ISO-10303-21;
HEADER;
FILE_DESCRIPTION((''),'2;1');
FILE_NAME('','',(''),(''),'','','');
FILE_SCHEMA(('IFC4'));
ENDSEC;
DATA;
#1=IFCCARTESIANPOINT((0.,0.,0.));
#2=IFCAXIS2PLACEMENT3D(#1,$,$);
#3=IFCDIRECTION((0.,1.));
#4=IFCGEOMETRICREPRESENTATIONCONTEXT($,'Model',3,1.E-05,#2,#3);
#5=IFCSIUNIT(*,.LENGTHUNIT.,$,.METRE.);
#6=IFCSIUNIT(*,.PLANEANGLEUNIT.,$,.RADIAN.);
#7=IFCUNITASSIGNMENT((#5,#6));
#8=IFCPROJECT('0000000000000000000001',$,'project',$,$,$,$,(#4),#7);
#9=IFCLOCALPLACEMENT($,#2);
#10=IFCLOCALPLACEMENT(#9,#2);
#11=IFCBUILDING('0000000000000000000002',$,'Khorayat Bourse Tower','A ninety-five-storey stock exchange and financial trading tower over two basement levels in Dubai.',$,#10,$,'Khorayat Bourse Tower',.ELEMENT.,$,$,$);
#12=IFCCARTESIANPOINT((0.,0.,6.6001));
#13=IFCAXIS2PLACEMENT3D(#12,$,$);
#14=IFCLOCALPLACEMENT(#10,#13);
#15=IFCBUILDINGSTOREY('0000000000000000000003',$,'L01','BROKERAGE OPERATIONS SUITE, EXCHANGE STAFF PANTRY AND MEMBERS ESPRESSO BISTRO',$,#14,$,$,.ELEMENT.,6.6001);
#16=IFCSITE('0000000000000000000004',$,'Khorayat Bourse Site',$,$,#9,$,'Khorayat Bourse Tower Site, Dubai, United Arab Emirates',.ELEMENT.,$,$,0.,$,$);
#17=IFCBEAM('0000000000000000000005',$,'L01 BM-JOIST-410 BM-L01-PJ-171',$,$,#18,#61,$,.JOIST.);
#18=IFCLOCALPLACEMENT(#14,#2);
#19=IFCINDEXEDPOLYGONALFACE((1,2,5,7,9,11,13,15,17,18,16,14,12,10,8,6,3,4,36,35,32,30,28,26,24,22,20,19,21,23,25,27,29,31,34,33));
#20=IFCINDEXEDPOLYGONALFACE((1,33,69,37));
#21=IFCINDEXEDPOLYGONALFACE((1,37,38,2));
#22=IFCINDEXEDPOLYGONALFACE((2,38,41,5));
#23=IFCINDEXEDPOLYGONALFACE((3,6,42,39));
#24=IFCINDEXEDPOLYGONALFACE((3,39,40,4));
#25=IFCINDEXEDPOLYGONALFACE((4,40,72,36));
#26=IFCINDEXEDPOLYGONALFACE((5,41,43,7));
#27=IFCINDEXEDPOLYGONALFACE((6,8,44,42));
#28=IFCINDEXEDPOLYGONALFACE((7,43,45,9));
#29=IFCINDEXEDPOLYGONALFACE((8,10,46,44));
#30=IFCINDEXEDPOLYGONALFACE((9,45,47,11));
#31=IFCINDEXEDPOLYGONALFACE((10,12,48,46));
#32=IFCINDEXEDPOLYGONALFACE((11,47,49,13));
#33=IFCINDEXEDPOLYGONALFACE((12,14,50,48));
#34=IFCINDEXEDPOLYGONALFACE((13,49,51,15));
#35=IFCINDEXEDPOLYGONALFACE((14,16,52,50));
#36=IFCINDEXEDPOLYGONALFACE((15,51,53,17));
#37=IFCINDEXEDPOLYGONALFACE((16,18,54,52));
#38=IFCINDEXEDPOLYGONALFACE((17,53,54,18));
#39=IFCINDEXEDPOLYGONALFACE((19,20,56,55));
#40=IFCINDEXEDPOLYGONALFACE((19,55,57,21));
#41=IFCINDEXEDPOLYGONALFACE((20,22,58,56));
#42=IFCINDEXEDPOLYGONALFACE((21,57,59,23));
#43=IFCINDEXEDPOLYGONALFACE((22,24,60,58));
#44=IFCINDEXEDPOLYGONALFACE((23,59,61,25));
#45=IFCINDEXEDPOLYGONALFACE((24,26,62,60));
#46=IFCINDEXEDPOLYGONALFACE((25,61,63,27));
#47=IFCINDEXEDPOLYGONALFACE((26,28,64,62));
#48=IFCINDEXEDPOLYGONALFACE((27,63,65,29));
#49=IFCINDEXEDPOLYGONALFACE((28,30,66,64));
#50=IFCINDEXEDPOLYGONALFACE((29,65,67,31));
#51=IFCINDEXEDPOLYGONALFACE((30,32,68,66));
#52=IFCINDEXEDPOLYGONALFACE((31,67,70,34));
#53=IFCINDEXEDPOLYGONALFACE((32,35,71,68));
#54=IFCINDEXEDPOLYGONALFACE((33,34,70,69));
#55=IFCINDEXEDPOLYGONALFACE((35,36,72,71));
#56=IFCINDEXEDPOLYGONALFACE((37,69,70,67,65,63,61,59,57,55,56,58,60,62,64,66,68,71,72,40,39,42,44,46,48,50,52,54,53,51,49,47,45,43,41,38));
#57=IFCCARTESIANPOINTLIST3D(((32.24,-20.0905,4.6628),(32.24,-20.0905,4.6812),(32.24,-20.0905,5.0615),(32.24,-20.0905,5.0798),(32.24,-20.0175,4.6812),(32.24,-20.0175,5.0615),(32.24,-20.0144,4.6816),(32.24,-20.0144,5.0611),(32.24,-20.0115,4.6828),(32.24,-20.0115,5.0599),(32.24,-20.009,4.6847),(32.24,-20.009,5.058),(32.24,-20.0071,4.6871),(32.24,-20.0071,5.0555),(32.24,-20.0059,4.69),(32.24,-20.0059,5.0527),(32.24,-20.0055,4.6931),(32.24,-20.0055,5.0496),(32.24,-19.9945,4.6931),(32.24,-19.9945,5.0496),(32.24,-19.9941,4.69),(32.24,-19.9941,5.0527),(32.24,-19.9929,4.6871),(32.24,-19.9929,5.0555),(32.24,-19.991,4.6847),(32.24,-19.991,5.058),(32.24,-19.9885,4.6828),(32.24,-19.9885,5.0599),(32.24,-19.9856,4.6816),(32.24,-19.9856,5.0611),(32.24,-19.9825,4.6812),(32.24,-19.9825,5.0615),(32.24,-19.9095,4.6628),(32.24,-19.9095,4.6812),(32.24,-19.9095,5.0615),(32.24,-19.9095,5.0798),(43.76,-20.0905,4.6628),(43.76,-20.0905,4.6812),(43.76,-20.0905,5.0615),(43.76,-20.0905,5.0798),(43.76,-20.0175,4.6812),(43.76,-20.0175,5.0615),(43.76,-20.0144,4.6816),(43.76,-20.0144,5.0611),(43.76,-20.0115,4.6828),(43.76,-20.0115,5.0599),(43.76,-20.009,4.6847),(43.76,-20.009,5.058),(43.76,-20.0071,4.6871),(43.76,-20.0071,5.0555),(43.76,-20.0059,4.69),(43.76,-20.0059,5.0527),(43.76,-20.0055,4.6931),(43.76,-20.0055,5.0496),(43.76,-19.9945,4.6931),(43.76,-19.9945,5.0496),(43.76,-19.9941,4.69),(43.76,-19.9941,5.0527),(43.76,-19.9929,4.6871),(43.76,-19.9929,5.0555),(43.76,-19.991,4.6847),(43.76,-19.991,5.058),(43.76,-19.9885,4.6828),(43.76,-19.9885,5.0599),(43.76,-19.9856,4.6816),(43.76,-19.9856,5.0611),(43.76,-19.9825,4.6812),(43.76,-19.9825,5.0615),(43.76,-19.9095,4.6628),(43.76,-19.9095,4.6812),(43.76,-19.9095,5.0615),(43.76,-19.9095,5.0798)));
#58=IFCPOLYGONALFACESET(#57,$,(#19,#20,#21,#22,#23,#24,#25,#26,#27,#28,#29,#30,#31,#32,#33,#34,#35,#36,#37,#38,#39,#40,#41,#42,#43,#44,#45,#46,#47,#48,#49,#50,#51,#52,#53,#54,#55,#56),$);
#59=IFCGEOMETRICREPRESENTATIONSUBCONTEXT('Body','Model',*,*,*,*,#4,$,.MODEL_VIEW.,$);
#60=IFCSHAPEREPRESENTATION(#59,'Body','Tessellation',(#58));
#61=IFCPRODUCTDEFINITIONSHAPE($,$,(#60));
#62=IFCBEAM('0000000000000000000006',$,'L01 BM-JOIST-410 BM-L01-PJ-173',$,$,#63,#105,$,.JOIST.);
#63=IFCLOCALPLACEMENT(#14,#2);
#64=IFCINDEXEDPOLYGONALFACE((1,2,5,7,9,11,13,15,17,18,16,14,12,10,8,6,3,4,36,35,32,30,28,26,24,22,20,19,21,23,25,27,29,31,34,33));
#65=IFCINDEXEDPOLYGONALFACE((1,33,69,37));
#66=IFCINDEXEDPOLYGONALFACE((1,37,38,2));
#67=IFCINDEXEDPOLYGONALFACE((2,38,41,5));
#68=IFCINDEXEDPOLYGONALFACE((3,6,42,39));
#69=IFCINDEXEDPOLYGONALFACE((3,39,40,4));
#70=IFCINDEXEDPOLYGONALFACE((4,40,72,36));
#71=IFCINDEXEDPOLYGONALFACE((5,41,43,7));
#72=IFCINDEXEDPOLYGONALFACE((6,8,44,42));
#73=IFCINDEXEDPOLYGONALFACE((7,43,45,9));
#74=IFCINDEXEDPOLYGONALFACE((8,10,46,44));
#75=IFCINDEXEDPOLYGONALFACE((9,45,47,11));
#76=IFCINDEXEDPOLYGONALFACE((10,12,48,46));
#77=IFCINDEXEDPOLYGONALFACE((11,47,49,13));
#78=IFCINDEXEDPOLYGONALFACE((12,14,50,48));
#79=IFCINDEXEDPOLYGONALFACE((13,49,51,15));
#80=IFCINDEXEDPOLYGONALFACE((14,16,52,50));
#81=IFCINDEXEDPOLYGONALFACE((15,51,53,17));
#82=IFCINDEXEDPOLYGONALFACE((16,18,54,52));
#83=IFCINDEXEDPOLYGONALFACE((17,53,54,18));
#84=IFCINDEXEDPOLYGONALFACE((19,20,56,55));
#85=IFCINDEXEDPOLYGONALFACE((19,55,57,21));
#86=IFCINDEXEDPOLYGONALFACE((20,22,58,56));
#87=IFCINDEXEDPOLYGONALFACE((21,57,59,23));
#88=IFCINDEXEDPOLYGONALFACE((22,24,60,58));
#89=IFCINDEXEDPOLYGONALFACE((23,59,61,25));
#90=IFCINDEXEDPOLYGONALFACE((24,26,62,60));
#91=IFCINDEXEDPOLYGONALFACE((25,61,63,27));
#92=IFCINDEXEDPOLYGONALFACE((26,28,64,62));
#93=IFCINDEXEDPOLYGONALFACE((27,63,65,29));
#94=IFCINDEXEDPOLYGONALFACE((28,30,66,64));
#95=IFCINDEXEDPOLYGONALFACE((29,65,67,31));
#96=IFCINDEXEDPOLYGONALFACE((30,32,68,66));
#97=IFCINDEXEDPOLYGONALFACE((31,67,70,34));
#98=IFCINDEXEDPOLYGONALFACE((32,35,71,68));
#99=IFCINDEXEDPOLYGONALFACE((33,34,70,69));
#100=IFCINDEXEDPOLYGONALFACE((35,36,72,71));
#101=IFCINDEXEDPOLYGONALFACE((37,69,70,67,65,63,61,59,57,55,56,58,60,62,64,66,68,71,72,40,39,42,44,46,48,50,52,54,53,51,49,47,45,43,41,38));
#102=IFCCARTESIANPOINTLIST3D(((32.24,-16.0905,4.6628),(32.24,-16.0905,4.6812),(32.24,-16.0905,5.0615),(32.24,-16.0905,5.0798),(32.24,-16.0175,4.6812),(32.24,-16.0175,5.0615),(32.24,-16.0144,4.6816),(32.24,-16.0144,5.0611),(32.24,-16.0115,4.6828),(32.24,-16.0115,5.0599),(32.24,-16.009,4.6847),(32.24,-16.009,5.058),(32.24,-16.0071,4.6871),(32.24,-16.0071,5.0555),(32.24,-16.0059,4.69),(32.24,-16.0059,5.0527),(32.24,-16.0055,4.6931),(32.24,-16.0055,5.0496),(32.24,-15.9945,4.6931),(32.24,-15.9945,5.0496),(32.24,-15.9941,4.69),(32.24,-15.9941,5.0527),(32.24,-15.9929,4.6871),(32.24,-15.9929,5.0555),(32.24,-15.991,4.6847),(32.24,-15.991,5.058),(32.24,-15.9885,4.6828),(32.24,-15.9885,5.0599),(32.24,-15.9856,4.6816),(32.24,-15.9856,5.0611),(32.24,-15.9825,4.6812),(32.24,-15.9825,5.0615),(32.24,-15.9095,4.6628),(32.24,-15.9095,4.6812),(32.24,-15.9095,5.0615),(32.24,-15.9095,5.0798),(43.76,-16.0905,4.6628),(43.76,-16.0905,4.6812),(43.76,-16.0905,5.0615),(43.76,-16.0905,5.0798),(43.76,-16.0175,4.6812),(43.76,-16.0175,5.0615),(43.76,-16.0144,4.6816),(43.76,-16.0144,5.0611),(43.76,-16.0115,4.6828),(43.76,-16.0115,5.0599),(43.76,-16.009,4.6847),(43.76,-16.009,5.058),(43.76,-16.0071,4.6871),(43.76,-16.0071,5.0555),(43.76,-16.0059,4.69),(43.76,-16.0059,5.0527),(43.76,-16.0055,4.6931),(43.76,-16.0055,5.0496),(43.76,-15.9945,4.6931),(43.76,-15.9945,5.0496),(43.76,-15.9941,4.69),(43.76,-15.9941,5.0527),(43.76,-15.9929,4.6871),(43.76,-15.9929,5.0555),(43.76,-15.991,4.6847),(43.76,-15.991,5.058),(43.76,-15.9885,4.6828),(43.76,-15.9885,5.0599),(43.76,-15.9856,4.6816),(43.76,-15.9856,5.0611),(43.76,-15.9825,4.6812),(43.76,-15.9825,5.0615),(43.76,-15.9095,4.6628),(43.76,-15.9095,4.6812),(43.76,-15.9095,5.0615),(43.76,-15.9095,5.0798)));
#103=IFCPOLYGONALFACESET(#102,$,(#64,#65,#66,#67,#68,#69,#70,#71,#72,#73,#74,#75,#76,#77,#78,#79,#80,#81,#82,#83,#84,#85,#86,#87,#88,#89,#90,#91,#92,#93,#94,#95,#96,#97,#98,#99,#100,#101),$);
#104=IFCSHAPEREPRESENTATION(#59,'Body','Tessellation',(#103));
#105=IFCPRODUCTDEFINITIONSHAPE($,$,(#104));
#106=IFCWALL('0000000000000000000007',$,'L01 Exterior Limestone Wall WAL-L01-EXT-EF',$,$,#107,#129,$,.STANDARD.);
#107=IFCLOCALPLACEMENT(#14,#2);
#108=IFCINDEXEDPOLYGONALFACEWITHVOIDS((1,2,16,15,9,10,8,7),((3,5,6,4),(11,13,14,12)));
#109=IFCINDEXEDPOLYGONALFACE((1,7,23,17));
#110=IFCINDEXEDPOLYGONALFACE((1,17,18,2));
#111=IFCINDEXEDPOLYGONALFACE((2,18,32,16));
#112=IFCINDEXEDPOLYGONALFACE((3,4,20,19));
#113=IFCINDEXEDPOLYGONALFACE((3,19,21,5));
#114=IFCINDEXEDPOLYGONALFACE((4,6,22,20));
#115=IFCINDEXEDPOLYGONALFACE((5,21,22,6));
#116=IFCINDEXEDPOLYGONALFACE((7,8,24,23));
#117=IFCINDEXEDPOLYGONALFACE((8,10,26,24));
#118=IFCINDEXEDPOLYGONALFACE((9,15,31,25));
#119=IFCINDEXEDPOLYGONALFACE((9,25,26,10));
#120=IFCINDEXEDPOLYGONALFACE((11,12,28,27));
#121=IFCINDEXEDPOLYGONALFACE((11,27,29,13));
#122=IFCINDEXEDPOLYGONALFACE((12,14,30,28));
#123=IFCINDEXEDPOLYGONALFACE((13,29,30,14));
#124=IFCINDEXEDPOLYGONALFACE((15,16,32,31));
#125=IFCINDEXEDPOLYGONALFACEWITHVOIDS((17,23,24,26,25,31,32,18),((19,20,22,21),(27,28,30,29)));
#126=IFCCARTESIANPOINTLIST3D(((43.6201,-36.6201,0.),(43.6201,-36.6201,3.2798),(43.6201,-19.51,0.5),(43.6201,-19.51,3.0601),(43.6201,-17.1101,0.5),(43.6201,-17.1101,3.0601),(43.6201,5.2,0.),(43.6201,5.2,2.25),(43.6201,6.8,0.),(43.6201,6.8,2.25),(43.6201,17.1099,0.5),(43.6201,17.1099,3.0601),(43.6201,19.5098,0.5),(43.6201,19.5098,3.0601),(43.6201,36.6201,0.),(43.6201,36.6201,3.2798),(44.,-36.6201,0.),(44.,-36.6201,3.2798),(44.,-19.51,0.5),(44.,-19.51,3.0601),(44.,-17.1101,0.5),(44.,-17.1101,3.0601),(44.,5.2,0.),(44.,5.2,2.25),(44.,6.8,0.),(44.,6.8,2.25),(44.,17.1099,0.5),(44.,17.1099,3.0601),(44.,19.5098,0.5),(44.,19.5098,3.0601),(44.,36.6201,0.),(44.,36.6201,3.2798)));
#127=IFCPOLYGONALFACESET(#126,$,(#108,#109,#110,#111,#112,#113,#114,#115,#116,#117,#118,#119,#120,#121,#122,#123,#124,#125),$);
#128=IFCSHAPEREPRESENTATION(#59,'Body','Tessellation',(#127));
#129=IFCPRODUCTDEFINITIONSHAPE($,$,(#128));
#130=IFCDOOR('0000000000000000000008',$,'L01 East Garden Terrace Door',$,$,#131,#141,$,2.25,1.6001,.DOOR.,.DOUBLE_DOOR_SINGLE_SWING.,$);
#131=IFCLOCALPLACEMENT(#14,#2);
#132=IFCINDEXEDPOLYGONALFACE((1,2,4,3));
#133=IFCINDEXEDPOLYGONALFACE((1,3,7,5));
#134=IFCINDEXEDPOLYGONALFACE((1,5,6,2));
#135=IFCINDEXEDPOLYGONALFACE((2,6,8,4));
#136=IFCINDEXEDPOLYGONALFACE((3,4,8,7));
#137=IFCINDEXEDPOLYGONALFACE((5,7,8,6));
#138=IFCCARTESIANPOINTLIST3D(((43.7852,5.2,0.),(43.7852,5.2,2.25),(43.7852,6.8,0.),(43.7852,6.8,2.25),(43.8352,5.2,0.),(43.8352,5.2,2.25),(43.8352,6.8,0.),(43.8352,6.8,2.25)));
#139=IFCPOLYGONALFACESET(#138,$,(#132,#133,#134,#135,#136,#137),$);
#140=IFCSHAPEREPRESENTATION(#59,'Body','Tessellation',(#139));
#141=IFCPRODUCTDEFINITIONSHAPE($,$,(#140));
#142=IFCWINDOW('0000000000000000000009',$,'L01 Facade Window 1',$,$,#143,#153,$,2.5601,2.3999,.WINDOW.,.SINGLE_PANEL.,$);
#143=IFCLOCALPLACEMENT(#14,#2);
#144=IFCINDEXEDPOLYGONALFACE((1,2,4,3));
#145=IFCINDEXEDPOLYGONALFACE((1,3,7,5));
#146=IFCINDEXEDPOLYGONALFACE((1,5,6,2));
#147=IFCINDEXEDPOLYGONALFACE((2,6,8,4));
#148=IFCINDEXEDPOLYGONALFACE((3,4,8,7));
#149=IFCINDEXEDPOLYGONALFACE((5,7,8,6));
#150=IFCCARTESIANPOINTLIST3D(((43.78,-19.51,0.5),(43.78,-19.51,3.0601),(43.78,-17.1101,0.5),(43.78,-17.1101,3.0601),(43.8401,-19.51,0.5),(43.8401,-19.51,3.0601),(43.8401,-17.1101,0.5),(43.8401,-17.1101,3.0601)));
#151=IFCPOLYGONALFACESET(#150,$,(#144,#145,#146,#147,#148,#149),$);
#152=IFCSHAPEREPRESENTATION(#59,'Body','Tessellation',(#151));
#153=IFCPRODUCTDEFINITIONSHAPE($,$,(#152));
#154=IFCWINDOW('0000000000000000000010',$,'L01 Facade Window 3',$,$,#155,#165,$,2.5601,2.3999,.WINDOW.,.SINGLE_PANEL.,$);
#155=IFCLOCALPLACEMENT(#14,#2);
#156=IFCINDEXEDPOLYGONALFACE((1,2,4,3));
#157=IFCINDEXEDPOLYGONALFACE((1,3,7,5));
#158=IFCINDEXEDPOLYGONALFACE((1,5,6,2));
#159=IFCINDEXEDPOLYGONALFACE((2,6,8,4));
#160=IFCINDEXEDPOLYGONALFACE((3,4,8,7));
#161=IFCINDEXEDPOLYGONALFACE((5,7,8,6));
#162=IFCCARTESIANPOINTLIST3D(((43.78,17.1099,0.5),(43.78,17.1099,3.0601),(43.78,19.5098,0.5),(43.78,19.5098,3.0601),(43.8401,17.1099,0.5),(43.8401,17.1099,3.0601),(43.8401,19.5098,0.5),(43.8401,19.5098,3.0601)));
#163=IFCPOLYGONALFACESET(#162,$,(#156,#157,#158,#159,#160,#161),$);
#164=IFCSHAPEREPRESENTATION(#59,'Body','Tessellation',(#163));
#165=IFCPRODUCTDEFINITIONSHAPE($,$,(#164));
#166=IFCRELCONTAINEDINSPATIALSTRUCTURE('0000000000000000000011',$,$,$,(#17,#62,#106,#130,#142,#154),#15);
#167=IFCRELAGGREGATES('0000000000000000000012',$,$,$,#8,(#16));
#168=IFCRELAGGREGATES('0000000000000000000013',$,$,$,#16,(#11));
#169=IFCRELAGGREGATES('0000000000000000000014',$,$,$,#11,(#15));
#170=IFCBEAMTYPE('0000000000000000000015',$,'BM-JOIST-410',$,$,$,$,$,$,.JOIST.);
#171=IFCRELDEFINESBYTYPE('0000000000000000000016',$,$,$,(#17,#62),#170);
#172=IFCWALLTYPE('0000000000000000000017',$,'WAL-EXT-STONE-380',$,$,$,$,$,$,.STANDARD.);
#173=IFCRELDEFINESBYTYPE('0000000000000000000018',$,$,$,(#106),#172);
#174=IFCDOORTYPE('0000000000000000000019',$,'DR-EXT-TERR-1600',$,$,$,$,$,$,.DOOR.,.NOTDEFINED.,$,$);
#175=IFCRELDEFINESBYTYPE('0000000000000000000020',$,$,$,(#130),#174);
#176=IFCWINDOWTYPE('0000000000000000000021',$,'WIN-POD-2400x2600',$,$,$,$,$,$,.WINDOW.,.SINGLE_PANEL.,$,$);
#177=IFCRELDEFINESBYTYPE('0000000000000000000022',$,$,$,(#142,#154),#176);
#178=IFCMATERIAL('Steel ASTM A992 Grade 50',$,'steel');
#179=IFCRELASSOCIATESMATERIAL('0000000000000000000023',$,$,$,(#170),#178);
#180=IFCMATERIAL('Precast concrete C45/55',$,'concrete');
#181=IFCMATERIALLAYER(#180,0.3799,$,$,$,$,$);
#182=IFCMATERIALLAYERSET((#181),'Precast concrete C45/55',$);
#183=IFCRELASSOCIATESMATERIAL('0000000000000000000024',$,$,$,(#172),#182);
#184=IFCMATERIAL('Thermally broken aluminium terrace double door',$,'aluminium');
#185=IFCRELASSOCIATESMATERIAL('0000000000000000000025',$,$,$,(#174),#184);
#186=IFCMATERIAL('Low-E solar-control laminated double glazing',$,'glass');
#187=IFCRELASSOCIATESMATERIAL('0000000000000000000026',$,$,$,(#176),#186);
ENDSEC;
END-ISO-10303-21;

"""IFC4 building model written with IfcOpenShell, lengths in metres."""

from ifc_helpers import new_model, si_unit, direction, frame, frame_2d, origin, origin_2d, place, context, subcontext, project, spatial, rectangle, i_section, extrude, source, transform, mapped, material, layer, layer_set, material_profile, profile_set, type_object, element, fill, save


model = new_model("IFC4")

# Units and contexts
model_context = context("Model", 3, precision=1e-05, world=origin(), true_north=direction((0.0, 1.0)))
body_context = subcontext(model_context, "Body", "Model", "MODEL_VIEW")
ifc_project = project(units=[si_unit("LENGTHUNIT", "METRE"), si_unit("PLANEANGLEUNIT", "RADIAN")], contexts=[model_context])

# Site, building, storey
site_placement = place(None, origin())
site = spatial("IfcSite", under=ifc_project, at=site_placement, Name="Khorayat Bourse Site", LongName="Khorayat Bourse Tower Site, Dubai, United Arab Emirates", CompositionType="ELEMENT", RefElevation=0.0)
building_placement = place(site_placement, origin())
building = spatial("IfcBuilding", under=site, at=building_placement, Name="Khorayat Bourse Tower", Description="A ninety-five-storey stock exchange and financial trading tower over two basement levels in Dubai.", LongName="Khorayat Bourse Tower", CompositionType="ELEMENT")
storey_placement = place(building_placement, frame((0.0, 0.0, 6.6001)))
storey = spatial("IfcBuildingStorey", under=building, at=storey_placement, Name="L01", Description="BROKERAGE OPERATIONS SUITE, EXCHANGE STAFF PANTRY AND MEMBERS ESPRESSO BISTRO", CompositionType="ELEMENT", Elevation=6.6001)

# Beams
ifc_material_1 = material(Name="Steel ASTM A992 Grade 50", Category="steel")
ifc_material_profile_1 = material_profile(ifc_material_1, i_section(OverallWidth=0.1809, OverallDepth=0.417, WebThickness=0.011, FlangeThickness=0.0183, FilletRadius=0.012, at=origin_2d()), Name="W410X85")
ifc_profile_set_1 = profile_set([ifc_material_profile_1], Name="Steel ASTM A992 Grade 50")
beam_type_1 = type_object("IfcBeamType", Name="BM-JOIST-410", PredefinedType="JOIST", material=ifc_profile_set_1)
shared_shape_1 = source(origin(), body_context, "Body", "SweptSolid", [
    extrude(i_section(OverallWidth=0.1809, OverallDepth=0.417, WebThickness=0.011, FlangeThickness=0.0183, FilletRadius=0.012, at=origin_2d()), origin(), (0.0, 0.0, 1.0), 11.52),
])
for number, where, z_axis, x_axis, name in (
    (1, (32.24, -20.0, 4.8713), (1.0, 0.0, 0.0), (0.0, 1.0, 0.0), "L01 BM-JOIST-410 BM-L01-PJ-171"),
    (2, (32.24, -16.0, 4.8713), (1.0, 0.0, 0.0), (0.0, 1.0, 0.0), "L01 BM-JOIST-410 BM-L01-PJ-173"),
):
    element("IfcBeam", number, at=place(storey_placement, frame(where, z_axis=z_axis, x_axis=x_axis)), inside=storey, type_object=beam_type_1, Name=name, PredefinedType="JOIST", context=body_context, shape_type="MappedRepresentation", body=[
        mapped(shared_shape_1, transform((0.0, 0.0, 0.0), scale=1.0)),
    ])

# Wall, openings, door, windows
ifc_material_2 = material(Name="Precast concrete C45/55", Category="concrete")
ifc_layer_1 = layer(ifc_material_2, 0.3799)
ifc_layer_set_1 = layer_set([ifc_layer_1], Name="Precast concrete C45/55")
wall_type_1 = type_object("IfcWallType", Name="WAL-EXT-STONE-380", PredefinedType="STANDARD", material=ifc_layer_set_1)
shared_shape_2 = source(origin(), body_context, "Body", "SweptSolid", [
    extrude(rectangle(XDim=73.2402, YDim=0.3799, at=frame_2d((36.6201, 0.0))), origin(), (0.0, 0.0, 1.0), 3.2798),
])
wall_1_placement = place(storey_placement, frame((43.8101, -36.6201, 0.0), z_axis=(0.0, 0.0, 1.0), x_axis=(0.0, 1.0, 0.0)))
wall_1 = element("IfcWall", 3, at=wall_1_placement, inside=storey, type_object=wall_type_1, Name="L01 Exterior Limestone Wall WAL-L01-EXT-EF", PredefinedType="STANDARD", context=body_context, shape_type="MappedRepresentation", body=[
    mapped(shared_shape_2, transform((0.0, 0.0, 0.0), scale=1.0)),
])
shared_shape_3 = source(origin(), body_context, "Body", "SweptSolid", [
    extrude(rectangle(XDim=1.6001, YDim=2.25, at=frame_2d((0.8, 1.125))), frame((0.0, 0.2, 0.0), z_axis=(0.0, -1.0, 0.0), x_axis=(1.0, 0.0, 0.0)), (0.0, 0.0, 1.0), 0.3999),
])
opening_1_placement = place(wall_1_placement, frame((41.8201, 0.0, 0.0)))
opening_1 = element("IfcOpeningElement", 4, at=opening_1_placement, cuts=wall_1, PredefinedType="OPENING", context=body_context, shape_type="MappedRepresentation", body=[
    mapped(shared_shape_3, transform((0.0, 0.0, 0.0), scale=1.0)),
])
shared_shape_4 = source(origin(), body_context, "Body", "SweptSolid", [
    extrude(rectangle(XDim=2.3999, YDim=2.5601, at=frame_2d((1.2, 1.28))), frame((0.0, 0.2, 0.0), z_axis=(0.0, -1.0, 0.0), x_axis=(1.0, 0.0, 0.0)), (0.0, 0.0, 1.0), 0.3999),
])
opening_2_placement = place(wall_1_placement, frame((17.1101, 0.0, 0.5)))
opening_2 = element("IfcOpeningElement", 5, at=opening_2_placement, cuts=wall_1, PredefinedType="OPENING", context=body_context, shape_type="MappedRepresentation", body=[
    mapped(shared_shape_4, transform((0.0, 0.0, 0.0), scale=1.0)),
])
opening_3_placement = place(wall_1_placement, frame((53.73, 0.0, 0.5)))
opening_3 = element("IfcOpeningElement", 6, at=opening_3_placement, cuts=wall_1, PredefinedType="OPENING", context=body_context, shape_type="MappedRepresentation", body=[
    mapped(shared_shape_4, transform((0.0, 0.0, 0.0), scale=1.0)),
])
ifc_material_3 = material(Name="Thermally broken aluminium terrace double door", Category="aluminium")
door_type = type_object("IfcDoorType", Name="DR-EXT-TERR-1600", OperationType="NOTDEFINED", PredefinedType="DOOR", material=ifc_material_3)
shared_shape_5 = source(origin(), body_context, "Body", "SweptSolid", [
    extrude(rectangle(XDim=1.6001, YDim=2.25, at=frame_2d((0.8, 1.125))), frame((0.0, 0.0249, 0.0), z_axis=(0.0, -1.0, 0.0), x_axis=(1.0, 0.0, 0.0)), (0.0, 0.0, 1.0), 0.05),
])
door_placement = place(opening_1_placement, origin())
door = element("IfcDoor", 7, at=door_placement, inside=storey, type_object=door_type, Name="L01 East Garden Terrace Door", OperationType="DOUBLE_DOOR_SINGLE_SWING", OverallHeight=2.25, OverallWidth=1.6001, PredefinedType="DOOR", context=body_context, shape_type="MappedRepresentation", body=[
    mapped(shared_shape_5, transform((0.0, 0.0, 0.0), scale=1.0)),
])
fill(opening_1, door)
ifc_material_4 = material(Name="Low-E solar-control laminated double glazing", Category="glass")
window_type = type_object("IfcWindowType", Name="WIN-POD-2400x2600", PartitioningType="SINGLE_PANEL", PredefinedType="WINDOW", material=ifc_material_4)
shared_shape_6 = source(origin(), body_context, "Body", "SweptSolid", [
    extrude(rectangle(XDim=2.3999, YDim=2.5601, at=frame_2d((1.2, 1.28))), frame((0.0, 0.03, 0.0), z_axis=(0.0, -1.0, 0.0), x_axis=(1.0, 0.0, 0.0)), (0.0, 0.0, 1.0), 0.0601),
])
window_1_placement = place(opening_2_placement, origin())
window_1 = element("IfcWindow", 8, at=window_1_placement, inside=storey, type_object=window_type, Name="L01 Facade Window 1", OverallHeight=2.5601, OverallWidth=2.3999, PartitioningType="SINGLE_PANEL", PredefinedType="WINDOW", context=body_context, shape_type="MappedRepresentation", body=[
    mapped(shared_shape_6, transform((0.0, 0.0, 0.0), scale=1.0)),
])
fill(opening_2, window_1)
window_2_placement = place(opening_3_placement, origin())
window_2 = element("IfcWindow", 9, at=window_2_placement, inside=storey, type_object=window_type, Name="L01 Facade Window 3", OverallHeight=2.5601, OverallWidth=2.3999, PartitioningType="SINGLE_PANEL", PredefinedType="WINDOW", context=body_context, shape_type="MappedRepresentation", body=[
    mapped(shared_shape_6, transform((0.0, 0.0, 0.0), scale=1.0)),
])
fill(opening_3, window_2)

save(model, "model.ifc")
